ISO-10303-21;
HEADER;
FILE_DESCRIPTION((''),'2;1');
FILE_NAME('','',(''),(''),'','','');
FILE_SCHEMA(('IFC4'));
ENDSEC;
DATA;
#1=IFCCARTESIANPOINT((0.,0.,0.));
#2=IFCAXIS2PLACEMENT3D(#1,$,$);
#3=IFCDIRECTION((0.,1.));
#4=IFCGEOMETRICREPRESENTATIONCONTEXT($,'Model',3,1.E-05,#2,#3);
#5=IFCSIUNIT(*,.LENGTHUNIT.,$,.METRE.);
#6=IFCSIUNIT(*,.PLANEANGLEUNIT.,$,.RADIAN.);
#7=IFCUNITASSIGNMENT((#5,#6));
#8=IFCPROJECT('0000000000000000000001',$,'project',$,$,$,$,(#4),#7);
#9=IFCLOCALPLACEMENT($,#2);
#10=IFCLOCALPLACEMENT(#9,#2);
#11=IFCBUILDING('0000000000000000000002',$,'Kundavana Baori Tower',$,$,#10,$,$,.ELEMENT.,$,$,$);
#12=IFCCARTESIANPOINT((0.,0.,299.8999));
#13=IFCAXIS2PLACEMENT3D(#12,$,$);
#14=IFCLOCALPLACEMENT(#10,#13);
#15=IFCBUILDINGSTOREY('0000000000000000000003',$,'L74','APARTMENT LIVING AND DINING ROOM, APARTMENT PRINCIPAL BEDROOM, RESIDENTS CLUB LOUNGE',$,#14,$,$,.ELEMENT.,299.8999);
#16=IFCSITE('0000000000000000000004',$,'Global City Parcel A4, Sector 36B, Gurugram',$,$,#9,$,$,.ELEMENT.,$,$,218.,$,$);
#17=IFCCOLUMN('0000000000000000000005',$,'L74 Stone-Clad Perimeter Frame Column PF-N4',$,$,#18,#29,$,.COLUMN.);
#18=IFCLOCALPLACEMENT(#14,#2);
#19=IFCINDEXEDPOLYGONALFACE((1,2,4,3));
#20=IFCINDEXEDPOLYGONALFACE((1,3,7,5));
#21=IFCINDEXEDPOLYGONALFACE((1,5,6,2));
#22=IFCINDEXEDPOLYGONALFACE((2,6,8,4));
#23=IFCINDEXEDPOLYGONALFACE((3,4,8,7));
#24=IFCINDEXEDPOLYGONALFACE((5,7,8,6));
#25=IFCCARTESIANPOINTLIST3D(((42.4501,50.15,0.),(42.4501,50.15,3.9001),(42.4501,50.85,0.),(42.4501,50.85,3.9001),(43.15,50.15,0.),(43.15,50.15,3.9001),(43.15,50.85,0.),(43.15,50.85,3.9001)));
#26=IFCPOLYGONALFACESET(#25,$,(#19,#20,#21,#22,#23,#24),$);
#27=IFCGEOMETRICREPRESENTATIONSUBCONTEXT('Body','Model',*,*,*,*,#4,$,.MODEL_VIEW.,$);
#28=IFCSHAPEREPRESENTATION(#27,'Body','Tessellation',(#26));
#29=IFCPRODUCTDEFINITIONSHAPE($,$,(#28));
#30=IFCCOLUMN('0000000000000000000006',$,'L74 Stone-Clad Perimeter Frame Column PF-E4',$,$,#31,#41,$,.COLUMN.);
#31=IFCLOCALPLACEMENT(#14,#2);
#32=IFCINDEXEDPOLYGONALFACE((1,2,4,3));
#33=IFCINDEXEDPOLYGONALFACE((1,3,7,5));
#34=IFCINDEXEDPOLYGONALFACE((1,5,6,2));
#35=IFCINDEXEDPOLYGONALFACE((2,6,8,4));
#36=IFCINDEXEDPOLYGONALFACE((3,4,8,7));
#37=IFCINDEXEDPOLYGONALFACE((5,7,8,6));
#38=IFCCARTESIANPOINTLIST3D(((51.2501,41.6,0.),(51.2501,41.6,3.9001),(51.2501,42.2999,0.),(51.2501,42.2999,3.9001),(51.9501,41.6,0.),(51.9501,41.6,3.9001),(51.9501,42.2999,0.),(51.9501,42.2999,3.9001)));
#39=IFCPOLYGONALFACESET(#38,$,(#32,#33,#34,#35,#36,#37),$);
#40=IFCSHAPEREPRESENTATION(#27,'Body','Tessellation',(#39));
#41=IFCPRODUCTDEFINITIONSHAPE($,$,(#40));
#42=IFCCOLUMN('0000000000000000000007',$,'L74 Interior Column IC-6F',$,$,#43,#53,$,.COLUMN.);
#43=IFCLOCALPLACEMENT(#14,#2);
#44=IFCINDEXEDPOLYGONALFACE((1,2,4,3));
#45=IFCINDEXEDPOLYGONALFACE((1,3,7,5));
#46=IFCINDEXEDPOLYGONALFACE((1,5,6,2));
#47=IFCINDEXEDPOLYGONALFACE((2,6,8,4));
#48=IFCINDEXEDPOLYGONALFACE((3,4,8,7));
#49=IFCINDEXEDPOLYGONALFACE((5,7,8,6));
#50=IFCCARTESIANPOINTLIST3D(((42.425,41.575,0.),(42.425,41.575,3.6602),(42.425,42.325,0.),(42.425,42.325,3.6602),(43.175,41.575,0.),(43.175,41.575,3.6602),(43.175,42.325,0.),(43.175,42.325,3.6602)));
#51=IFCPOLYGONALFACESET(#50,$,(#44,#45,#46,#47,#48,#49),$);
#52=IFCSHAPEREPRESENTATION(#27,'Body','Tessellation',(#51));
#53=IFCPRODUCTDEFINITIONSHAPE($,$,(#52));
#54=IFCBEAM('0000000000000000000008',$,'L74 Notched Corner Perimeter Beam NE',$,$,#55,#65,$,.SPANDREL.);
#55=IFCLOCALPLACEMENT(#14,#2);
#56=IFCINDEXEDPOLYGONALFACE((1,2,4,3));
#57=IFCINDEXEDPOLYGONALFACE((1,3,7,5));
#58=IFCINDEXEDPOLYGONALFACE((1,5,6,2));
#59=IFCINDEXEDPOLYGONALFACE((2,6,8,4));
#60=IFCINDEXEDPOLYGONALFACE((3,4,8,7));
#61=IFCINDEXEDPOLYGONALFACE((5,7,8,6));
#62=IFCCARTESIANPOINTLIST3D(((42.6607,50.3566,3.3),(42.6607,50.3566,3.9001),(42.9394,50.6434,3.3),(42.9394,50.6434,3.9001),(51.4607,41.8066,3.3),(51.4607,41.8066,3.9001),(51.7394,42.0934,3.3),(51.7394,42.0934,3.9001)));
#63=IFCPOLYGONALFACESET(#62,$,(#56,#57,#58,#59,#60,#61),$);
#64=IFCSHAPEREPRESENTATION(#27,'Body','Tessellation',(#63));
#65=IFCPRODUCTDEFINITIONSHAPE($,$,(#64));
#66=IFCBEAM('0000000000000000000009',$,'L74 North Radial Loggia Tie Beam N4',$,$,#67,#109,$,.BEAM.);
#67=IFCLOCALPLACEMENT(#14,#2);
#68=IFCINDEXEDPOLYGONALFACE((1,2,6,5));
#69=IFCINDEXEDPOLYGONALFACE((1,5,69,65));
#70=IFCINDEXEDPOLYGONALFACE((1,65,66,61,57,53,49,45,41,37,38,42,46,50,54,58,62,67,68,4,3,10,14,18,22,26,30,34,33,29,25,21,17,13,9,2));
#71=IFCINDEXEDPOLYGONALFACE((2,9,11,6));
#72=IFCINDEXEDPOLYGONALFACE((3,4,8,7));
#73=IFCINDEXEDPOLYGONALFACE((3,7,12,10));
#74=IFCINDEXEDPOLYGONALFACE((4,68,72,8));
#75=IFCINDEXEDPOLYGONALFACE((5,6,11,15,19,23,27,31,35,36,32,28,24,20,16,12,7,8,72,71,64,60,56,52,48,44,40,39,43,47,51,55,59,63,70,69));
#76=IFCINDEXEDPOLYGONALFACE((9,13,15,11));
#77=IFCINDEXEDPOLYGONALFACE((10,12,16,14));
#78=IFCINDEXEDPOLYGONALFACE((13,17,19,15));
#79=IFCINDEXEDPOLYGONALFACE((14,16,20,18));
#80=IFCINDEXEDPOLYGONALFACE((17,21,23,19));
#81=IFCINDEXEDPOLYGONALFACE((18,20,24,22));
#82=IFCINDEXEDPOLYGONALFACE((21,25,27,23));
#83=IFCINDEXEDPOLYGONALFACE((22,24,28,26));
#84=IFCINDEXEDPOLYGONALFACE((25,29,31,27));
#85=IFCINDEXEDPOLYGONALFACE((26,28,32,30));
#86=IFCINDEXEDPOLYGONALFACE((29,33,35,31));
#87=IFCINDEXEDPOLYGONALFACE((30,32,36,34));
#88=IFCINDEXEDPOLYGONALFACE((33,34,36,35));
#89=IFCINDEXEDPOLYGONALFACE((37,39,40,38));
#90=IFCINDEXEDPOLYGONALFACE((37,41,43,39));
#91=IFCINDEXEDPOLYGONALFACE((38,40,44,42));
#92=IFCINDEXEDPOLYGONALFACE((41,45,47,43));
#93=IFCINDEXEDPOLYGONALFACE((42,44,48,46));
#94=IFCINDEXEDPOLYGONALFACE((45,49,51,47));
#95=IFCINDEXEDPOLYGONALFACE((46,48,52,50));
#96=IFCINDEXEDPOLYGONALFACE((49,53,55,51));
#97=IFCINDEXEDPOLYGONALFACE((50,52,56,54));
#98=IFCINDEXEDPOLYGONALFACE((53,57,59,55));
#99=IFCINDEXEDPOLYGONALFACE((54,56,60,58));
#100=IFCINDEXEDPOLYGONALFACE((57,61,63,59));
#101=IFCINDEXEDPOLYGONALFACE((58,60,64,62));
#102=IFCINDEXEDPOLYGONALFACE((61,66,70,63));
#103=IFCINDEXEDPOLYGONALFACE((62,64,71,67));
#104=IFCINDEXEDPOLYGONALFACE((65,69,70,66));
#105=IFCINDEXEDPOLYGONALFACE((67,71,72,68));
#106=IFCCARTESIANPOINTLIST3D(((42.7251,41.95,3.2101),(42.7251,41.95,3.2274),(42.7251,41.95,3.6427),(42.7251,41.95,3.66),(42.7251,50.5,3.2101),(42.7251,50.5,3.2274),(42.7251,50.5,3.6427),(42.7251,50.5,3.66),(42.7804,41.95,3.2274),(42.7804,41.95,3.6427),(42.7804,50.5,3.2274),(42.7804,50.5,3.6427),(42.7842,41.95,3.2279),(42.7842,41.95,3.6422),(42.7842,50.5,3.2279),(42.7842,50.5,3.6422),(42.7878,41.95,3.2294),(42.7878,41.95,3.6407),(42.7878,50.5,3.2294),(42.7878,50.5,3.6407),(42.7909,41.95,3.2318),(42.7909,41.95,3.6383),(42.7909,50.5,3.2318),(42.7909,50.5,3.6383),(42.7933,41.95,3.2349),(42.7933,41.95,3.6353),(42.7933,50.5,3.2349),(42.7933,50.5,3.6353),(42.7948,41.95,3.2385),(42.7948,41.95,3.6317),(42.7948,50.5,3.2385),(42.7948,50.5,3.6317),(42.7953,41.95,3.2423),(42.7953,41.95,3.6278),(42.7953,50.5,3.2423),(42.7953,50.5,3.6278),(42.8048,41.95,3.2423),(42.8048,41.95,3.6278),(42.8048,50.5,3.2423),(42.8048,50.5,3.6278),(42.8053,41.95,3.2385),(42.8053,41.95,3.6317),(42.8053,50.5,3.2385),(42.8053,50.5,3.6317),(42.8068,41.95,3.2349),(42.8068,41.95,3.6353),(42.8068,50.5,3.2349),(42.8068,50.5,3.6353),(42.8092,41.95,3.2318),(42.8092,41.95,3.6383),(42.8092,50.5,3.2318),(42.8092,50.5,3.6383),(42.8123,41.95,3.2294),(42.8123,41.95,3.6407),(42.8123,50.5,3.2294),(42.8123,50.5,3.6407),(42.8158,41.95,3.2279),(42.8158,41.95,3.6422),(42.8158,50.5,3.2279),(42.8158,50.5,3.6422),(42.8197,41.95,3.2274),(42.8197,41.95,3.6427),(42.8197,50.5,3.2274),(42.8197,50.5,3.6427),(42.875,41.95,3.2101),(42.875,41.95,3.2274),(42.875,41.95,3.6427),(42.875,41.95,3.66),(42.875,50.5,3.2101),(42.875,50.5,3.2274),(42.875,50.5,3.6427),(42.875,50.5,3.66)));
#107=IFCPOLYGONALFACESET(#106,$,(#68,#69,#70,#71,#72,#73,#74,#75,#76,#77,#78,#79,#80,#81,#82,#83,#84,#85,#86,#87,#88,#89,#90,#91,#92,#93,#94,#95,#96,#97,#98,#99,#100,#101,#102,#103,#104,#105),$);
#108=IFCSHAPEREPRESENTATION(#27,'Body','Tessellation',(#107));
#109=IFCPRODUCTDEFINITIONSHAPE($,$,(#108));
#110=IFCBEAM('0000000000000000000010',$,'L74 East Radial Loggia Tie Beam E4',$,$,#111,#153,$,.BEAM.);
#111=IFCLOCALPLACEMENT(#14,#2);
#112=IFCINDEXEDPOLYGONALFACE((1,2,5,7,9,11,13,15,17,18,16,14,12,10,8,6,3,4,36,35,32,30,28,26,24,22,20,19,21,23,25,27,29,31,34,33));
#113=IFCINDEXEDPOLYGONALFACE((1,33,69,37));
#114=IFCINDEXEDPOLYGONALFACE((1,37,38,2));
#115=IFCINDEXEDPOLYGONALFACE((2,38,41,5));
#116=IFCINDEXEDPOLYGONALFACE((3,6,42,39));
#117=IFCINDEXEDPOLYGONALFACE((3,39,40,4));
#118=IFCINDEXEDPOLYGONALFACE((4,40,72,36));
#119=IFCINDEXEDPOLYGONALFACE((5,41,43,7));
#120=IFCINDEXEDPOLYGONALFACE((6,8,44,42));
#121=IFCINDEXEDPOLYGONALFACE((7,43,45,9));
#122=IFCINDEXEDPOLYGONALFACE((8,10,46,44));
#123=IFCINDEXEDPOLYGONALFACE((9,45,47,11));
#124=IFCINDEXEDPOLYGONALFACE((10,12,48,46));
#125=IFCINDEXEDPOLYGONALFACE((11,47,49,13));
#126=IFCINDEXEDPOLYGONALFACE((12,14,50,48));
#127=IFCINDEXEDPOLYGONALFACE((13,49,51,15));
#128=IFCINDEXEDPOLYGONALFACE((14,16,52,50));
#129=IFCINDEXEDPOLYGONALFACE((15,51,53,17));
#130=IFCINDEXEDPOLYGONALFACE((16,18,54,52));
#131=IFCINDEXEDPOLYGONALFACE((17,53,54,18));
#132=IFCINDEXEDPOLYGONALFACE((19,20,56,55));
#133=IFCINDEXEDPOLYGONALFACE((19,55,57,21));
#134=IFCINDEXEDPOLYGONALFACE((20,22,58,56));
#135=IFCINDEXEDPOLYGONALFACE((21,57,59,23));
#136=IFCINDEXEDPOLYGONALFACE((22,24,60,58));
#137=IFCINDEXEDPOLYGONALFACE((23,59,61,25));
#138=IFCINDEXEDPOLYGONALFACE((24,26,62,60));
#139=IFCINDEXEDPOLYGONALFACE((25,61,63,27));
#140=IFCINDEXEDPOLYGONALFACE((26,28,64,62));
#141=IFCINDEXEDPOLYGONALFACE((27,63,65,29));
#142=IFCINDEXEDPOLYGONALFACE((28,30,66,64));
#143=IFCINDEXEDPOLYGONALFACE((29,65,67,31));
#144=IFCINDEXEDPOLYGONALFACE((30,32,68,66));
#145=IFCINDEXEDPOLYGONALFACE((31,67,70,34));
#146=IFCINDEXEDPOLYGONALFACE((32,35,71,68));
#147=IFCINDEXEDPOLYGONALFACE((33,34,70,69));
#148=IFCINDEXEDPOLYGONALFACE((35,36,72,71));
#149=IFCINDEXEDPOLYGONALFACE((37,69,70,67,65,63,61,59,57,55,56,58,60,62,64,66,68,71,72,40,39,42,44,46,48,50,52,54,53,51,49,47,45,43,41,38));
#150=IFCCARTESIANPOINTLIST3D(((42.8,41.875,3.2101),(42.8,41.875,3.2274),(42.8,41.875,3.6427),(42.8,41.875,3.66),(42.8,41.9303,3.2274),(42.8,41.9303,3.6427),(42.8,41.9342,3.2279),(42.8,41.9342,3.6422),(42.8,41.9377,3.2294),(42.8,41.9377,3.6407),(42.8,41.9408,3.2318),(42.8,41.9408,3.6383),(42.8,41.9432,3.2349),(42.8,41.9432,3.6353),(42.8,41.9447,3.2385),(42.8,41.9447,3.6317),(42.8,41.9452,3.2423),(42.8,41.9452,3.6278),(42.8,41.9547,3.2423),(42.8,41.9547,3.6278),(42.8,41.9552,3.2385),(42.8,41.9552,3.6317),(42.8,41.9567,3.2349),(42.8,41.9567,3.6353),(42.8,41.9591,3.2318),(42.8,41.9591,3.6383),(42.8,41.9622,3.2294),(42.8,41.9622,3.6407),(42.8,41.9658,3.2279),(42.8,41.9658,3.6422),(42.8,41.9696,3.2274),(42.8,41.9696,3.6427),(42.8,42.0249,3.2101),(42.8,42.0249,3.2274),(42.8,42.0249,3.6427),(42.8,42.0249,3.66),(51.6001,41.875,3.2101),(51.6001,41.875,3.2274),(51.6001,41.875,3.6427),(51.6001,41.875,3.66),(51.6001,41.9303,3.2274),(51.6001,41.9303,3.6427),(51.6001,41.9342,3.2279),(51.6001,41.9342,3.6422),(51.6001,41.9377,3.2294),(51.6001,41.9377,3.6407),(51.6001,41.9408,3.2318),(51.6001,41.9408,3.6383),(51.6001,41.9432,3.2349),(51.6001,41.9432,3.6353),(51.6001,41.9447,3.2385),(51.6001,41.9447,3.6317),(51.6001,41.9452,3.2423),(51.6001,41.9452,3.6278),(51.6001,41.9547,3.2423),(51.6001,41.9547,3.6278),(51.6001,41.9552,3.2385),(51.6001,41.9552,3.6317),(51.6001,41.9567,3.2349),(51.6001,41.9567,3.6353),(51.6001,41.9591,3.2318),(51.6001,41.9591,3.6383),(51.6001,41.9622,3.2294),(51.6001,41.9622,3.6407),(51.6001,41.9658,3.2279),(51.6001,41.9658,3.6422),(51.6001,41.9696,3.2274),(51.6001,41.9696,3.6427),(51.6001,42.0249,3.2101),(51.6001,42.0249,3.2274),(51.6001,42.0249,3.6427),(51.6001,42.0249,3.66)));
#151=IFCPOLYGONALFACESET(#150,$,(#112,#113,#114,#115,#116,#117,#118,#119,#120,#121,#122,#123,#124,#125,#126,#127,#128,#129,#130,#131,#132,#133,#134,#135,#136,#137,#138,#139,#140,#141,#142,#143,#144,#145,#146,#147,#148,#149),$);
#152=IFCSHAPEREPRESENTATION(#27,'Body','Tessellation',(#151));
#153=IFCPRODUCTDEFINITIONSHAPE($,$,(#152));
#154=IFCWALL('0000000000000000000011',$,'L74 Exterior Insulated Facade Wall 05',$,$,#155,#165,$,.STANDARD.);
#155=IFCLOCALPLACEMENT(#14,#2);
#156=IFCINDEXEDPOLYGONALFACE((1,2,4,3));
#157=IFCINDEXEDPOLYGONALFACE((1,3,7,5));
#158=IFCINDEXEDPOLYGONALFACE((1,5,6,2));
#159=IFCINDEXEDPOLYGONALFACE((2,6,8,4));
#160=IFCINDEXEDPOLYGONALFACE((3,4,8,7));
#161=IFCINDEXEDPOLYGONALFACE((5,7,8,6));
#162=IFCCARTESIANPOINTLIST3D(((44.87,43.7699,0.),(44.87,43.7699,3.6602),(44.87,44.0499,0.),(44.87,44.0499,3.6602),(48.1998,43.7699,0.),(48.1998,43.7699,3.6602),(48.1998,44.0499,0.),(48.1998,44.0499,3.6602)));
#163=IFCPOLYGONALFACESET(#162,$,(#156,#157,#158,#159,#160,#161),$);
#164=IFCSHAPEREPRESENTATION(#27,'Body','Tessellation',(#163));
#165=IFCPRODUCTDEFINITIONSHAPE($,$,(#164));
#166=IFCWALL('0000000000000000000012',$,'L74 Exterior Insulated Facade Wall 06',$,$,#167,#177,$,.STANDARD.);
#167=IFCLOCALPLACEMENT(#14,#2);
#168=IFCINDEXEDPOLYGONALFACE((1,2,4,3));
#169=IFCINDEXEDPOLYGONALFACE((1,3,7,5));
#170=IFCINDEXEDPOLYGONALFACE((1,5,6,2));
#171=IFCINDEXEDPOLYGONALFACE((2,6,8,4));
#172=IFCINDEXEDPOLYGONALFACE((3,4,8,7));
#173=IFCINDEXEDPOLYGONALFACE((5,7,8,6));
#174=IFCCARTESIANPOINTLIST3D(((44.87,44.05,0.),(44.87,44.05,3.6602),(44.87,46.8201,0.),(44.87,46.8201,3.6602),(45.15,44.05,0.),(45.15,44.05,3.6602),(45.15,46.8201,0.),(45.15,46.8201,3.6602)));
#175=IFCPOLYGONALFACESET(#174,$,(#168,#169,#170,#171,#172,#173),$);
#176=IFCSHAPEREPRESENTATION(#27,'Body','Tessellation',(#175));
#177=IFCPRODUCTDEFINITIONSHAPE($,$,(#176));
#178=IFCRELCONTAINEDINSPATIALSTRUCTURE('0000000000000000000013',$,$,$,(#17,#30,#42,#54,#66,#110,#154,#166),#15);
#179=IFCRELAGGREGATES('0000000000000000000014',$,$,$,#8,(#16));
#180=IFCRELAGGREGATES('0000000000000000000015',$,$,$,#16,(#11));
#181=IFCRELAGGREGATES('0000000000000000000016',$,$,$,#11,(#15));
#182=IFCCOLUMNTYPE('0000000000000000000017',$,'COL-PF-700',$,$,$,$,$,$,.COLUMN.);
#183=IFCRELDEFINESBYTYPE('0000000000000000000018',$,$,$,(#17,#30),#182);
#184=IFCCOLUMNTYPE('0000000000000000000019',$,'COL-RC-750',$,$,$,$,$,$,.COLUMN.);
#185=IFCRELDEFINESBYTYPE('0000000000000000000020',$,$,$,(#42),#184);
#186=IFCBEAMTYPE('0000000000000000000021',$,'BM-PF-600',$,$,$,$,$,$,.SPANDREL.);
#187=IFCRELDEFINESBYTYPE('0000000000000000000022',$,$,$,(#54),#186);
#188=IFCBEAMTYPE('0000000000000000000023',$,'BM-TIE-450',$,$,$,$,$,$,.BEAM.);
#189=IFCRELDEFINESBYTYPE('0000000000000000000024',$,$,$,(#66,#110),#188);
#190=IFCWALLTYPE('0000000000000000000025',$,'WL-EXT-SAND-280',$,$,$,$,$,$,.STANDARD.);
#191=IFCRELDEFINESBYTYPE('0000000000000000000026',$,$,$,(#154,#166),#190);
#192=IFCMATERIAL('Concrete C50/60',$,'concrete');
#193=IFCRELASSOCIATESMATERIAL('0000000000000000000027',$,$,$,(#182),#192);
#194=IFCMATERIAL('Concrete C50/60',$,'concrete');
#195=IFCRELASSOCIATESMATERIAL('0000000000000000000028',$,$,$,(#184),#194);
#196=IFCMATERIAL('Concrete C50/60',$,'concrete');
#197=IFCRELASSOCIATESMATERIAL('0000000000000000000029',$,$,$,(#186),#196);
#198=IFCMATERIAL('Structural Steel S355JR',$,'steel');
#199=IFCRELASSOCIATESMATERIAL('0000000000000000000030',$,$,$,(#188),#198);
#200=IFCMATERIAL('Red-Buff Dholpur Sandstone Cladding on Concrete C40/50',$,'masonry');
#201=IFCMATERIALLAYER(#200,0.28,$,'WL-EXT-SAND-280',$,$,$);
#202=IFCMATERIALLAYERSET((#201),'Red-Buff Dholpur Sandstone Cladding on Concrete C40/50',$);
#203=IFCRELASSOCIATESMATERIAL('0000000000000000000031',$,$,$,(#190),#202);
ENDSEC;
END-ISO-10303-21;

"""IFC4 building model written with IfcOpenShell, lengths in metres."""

from ifc_helpers import new_model, si_unit, direction, frame, frame_2d, origin, origin_2d, place, context, subcontext, project, spatial, rectangle, i_section, extrude, material, layer, layer_set, material_profile, profile_set, type_object, element, save


model = new_model("IFC4")

# Units and contexts
model_context = context("Model", 3, precision=1e-05, world=origin(), true_north=direction((0.0, 1.0)))
body_context = subcontext(model_context, "Body", "Model", "MODEL_VIEW")
ifc_project = project(units=[si_unit("LENGTHUNIT", "METRE"), si_unit("PLANEANGLEUNIT", "RADIAN")], contexts=[model_context])

# Site, building, storey
site_placement = place(None, origin())
site = spatial("IfcSite", under=ifc_project, at=site_placement, Name="Global City Parcel A4, Sector 36B, Gurugram", CompositionType="ELEMENT", RefElevation=218.0)
building_placement = place(site_placement, origin())
building = spatial("IfcBuilding", under=site, at=building_placement, Name="Kundavana Baori Tower", CompositionType="ELEMENT")
storey_placement = place(building_placement, frame((0.0, 0.0, 299.8999)))
storey = spatial("IfcBuildingStorey", under=building, at=storey_placement, Name="L74", Description="APARTMENT LIVING AND DINING ROOM, APARTMENT PRINCIPAL BEDROOM, RESIDENTS CLUB LOUNGE", CompositionType="ELEMENT", Elevation=299.8999)

# Columns
ifc_material_1 = material(Name="Concrete C50/60", Category="concrete")
ifc_material_profile_1 = material_profile(ifc_material_1, rectangle(XDim=0.7, YDim=0.7, at=origin_2d()), Name="RC PF 700x700")
ifc_profile_set_1 = profile_set([ifc_material_profile_1], Name="Concrete C50/60")
column_type_1 = type_object("IfcColumnType", Name="COL-PF-700", PredefinedType="COLUMN", material=ifc_profile_set_1)
for number, where, z_axis, x_axis, name in (
    (1, (42.8, 50.5, 0.0), (0.0, 0.0, 1.0), (1.0, 0.0, 0.0), "L74 Stone-Clad Perimeter Frame Column PF-N4"),
    (2, (51.6001, 41.95, 0.0), (0.0, 0.0, 1.0), (1.0, 0.0, 0.0), "L74 Stone-Clad Perimeter Frame Column PF-E4"),
):
    element("IfcColumn", number, at=place(storey_placement, frame(where, z_axis=z_axis, x_axis=x_axis)), inside=storey, type_object=column_type_1, Name=name, PredefinedType="COLUMN", context=body_context, shape_type="SweptSolid", body=[
        extrude(rectangle(XDim=0.7, YDim=0.7, at=origin_2d()), origin(), (0.0, 0.0, 1.0), 3.9001),
    ])
ifc_material_2 = material(Name="Concrete C50/60", Category="concrete")
ifc_material_profile_2 = material_profile(ifc_material_2, rectangle(XDim=0.75, YDim=0.75, at=origin_2d()), Name="RC 750x750")
ifc_profile_set_2 = profile_set([ifc_material_profile_2], Name="Concrete C50/60")
column_type_2 = type_object("IfcColumnType", Name="COL-RC-750", PredefinedType="COLUMN", material=ifc_profile_set_2)
column_placement = place(storey_placement, frame((42.8, 41.95, 0.0), z_axis=(0.0, 0.0, 1.0), x_axis=(1.0, 0.0, 0.0)))
element("IfcColumn", 3, at=column_placement, inside=storey, type_object=column_type_2, Name="L74 Interior Column IC-6F", PredefinedType="COLUMN", context=body_context, shape_type="SweptSolid", body=[
    extrude(rectangle(XDim=0.75, YDim=0.75, at=origin_2d()), origin(), (0.0, 0.0, 1.0), 3.6602),
])

# Beams
ifc_material_3 = material(Name="Concrete C50/60", Category="concrete")
ifc_material_profile_3 = material_profile(ifc_material_3, rectangle(XDim=0.3999, YDim=0.6001, at=origin_2d()), Name="RC BM 400x600")
ifc_profile_set_3 = profile_set([ifc_material_profile_3], Name="Concrete C50/60")
beam_type_1 = type_object("IfcBeamType", Name="BM-PF-600", PredefinedType="SPANDREL", material=ifc_profile_set_3)
beam_1_placement = place(storey_placement, frame((42.8, 50.5, 3.6001), z_axis=(0.717221, -0.696846, 0.0), x_axis=(0.696846, 0.717221, 0.0)))
element("IfcBeam", 4, at=beam_1_placement, inside=storey, type_object=beam_type_1, Name="L74 Notched Corner Perimeter Beam NE", PredefinedType="SPANDREL", context=body_context, shape_type="SweptSolid", body=[
    extrude(rectangle(XDim=0.3999, YDim=0.6001, at=origin_2d()), origin(), (0.0, 0.0, 1.0), 12.2695),
])
ifc_material_4 = material(Name="Structural Steel S355JR", Category="steel")
ifc_material_profile_4 = material_profile(ifc_material_4, i_section(OverallWidth=0.1499, OverallDepth=0.45, WebThickness=0.0095, FlangeThickness=0.0173, FilletRadius=0.0149, at=origin_2d()), Name="ISMB 450")
ifc_profile_set_4 = profile_set([ifc_material_profile_4], Name="Structural Steel S355JR")
beam_type_2 = type_object("IfcBeamType", Name="BM-TIE-450", PredefinedType="BEAM", material=ifc_profile_set_4)
beam_2_placement = place(storey_placement, frame((42.8, 41.95, 3.4351), z_axis=(0.0, 1.0, 0.0), x_axis=(-1.0, 0.0, 0.0)))
element("IfcBeam", 5, at=beam_2_placement, inside=storey, type_object=beam_type_2, Name="L74 North Radial Loggia Tie Beam N4", PredefinedType="BEAM", context=body_context, shape_type="SweptSolid", body=[
    extrude(i_section(OverallWidth=0.1499, OverallDepth=0.45, WebThickness=0.0095, FlangeThickness=0.0173, FilletRadius=0.0149, at=origin_2d()), origin(), (0.0, 0.0, 1.0), 8.55),
])
beam_3_placement = place(storey_placement, frame((42.8, 41.95, 3.4351), z_axis=(1.0, 0.0, 0.0), x_axis=(0.0, 1.0, 0.0)))
element("IfcBeam", 6, at=beam_3_placement, inside=storey, type_object=beam_type_2, Name="L74 East Radial Loggia Tie Beam E4", PredefinedType="BEAM", context=body_context, shape_type="SweptSolid", body=[
    extrude(i_section(OverallWidth=0.1499, OverallDepth=0.45, WebThickness=0.0095, FlangeThickness=0.0173, FilletRadius=0.0149, at=origin_2d()), origin(), (0.0, 0.0, 1.0), 8.8),
])

# Walls
ifc_material_5 = material(Name="Red-Buff Dholpur Sandstone Cladding on Concrete C40/50", Category="masonry")
ifc_layer_1 = layer(ifc_material_5, 0.28, Name="WL-EXT-SAND-280")
ifc_layer_set_1 = layer_set([ifc_layer_1], Name="Red-Buff Dholpur Sandstone Cladding on Concrete C40/50")
wall_type_1 = type_object("IfcWallType", Name="WL-EXT-SAND-280", PredefinedType="STANDARD", material=ifc_layer_set_1)
wall_1_placement = place(storey_placement, frame((48.2, 43.9099, 0.0), z_axis=(0.0, 0.0, 1.0), x_axis=(-1.0, 0.0, 0.0)))
element("IfcWall", 7, at=wall_1_placement, inside=storey, type_object=wall_type_1, Name="L74 Exterior Insulated Facade Wall 05", PredefinedType="STANDARD", context=body_context, shape_type="SweptSolid", body=[
    extrude(rectangle(XDim=3.3298, YDim=0.28, at=frame_2d((1.665, 0.0))), origin(), (0.0, 0.0, 1.0), 3.6602),
])
wall_2_placement = place(storey_placement, frame((45.01, 44.05, 0.0), z_axis=(0.0, 0.0, 1.0), x_axis=(0.0, 1.0, 0.0)))
element("IfcWall", 8, at=wall_2_placement, inside=storey, type_object=wall_type_1, Name="L74 Exterior Insulated Facade Wall 06", PredefinedType="STANDARD", context=body_context, shape_type="SweptSolid", body=[
    extrude(rectangle(XDim=2.77, YDim=0.28, at=frame_2d((1.385, 0.0))), origin(), (0.0, 0.0, 1.0), 3.6602),
])

save(model, "model.ifc")
